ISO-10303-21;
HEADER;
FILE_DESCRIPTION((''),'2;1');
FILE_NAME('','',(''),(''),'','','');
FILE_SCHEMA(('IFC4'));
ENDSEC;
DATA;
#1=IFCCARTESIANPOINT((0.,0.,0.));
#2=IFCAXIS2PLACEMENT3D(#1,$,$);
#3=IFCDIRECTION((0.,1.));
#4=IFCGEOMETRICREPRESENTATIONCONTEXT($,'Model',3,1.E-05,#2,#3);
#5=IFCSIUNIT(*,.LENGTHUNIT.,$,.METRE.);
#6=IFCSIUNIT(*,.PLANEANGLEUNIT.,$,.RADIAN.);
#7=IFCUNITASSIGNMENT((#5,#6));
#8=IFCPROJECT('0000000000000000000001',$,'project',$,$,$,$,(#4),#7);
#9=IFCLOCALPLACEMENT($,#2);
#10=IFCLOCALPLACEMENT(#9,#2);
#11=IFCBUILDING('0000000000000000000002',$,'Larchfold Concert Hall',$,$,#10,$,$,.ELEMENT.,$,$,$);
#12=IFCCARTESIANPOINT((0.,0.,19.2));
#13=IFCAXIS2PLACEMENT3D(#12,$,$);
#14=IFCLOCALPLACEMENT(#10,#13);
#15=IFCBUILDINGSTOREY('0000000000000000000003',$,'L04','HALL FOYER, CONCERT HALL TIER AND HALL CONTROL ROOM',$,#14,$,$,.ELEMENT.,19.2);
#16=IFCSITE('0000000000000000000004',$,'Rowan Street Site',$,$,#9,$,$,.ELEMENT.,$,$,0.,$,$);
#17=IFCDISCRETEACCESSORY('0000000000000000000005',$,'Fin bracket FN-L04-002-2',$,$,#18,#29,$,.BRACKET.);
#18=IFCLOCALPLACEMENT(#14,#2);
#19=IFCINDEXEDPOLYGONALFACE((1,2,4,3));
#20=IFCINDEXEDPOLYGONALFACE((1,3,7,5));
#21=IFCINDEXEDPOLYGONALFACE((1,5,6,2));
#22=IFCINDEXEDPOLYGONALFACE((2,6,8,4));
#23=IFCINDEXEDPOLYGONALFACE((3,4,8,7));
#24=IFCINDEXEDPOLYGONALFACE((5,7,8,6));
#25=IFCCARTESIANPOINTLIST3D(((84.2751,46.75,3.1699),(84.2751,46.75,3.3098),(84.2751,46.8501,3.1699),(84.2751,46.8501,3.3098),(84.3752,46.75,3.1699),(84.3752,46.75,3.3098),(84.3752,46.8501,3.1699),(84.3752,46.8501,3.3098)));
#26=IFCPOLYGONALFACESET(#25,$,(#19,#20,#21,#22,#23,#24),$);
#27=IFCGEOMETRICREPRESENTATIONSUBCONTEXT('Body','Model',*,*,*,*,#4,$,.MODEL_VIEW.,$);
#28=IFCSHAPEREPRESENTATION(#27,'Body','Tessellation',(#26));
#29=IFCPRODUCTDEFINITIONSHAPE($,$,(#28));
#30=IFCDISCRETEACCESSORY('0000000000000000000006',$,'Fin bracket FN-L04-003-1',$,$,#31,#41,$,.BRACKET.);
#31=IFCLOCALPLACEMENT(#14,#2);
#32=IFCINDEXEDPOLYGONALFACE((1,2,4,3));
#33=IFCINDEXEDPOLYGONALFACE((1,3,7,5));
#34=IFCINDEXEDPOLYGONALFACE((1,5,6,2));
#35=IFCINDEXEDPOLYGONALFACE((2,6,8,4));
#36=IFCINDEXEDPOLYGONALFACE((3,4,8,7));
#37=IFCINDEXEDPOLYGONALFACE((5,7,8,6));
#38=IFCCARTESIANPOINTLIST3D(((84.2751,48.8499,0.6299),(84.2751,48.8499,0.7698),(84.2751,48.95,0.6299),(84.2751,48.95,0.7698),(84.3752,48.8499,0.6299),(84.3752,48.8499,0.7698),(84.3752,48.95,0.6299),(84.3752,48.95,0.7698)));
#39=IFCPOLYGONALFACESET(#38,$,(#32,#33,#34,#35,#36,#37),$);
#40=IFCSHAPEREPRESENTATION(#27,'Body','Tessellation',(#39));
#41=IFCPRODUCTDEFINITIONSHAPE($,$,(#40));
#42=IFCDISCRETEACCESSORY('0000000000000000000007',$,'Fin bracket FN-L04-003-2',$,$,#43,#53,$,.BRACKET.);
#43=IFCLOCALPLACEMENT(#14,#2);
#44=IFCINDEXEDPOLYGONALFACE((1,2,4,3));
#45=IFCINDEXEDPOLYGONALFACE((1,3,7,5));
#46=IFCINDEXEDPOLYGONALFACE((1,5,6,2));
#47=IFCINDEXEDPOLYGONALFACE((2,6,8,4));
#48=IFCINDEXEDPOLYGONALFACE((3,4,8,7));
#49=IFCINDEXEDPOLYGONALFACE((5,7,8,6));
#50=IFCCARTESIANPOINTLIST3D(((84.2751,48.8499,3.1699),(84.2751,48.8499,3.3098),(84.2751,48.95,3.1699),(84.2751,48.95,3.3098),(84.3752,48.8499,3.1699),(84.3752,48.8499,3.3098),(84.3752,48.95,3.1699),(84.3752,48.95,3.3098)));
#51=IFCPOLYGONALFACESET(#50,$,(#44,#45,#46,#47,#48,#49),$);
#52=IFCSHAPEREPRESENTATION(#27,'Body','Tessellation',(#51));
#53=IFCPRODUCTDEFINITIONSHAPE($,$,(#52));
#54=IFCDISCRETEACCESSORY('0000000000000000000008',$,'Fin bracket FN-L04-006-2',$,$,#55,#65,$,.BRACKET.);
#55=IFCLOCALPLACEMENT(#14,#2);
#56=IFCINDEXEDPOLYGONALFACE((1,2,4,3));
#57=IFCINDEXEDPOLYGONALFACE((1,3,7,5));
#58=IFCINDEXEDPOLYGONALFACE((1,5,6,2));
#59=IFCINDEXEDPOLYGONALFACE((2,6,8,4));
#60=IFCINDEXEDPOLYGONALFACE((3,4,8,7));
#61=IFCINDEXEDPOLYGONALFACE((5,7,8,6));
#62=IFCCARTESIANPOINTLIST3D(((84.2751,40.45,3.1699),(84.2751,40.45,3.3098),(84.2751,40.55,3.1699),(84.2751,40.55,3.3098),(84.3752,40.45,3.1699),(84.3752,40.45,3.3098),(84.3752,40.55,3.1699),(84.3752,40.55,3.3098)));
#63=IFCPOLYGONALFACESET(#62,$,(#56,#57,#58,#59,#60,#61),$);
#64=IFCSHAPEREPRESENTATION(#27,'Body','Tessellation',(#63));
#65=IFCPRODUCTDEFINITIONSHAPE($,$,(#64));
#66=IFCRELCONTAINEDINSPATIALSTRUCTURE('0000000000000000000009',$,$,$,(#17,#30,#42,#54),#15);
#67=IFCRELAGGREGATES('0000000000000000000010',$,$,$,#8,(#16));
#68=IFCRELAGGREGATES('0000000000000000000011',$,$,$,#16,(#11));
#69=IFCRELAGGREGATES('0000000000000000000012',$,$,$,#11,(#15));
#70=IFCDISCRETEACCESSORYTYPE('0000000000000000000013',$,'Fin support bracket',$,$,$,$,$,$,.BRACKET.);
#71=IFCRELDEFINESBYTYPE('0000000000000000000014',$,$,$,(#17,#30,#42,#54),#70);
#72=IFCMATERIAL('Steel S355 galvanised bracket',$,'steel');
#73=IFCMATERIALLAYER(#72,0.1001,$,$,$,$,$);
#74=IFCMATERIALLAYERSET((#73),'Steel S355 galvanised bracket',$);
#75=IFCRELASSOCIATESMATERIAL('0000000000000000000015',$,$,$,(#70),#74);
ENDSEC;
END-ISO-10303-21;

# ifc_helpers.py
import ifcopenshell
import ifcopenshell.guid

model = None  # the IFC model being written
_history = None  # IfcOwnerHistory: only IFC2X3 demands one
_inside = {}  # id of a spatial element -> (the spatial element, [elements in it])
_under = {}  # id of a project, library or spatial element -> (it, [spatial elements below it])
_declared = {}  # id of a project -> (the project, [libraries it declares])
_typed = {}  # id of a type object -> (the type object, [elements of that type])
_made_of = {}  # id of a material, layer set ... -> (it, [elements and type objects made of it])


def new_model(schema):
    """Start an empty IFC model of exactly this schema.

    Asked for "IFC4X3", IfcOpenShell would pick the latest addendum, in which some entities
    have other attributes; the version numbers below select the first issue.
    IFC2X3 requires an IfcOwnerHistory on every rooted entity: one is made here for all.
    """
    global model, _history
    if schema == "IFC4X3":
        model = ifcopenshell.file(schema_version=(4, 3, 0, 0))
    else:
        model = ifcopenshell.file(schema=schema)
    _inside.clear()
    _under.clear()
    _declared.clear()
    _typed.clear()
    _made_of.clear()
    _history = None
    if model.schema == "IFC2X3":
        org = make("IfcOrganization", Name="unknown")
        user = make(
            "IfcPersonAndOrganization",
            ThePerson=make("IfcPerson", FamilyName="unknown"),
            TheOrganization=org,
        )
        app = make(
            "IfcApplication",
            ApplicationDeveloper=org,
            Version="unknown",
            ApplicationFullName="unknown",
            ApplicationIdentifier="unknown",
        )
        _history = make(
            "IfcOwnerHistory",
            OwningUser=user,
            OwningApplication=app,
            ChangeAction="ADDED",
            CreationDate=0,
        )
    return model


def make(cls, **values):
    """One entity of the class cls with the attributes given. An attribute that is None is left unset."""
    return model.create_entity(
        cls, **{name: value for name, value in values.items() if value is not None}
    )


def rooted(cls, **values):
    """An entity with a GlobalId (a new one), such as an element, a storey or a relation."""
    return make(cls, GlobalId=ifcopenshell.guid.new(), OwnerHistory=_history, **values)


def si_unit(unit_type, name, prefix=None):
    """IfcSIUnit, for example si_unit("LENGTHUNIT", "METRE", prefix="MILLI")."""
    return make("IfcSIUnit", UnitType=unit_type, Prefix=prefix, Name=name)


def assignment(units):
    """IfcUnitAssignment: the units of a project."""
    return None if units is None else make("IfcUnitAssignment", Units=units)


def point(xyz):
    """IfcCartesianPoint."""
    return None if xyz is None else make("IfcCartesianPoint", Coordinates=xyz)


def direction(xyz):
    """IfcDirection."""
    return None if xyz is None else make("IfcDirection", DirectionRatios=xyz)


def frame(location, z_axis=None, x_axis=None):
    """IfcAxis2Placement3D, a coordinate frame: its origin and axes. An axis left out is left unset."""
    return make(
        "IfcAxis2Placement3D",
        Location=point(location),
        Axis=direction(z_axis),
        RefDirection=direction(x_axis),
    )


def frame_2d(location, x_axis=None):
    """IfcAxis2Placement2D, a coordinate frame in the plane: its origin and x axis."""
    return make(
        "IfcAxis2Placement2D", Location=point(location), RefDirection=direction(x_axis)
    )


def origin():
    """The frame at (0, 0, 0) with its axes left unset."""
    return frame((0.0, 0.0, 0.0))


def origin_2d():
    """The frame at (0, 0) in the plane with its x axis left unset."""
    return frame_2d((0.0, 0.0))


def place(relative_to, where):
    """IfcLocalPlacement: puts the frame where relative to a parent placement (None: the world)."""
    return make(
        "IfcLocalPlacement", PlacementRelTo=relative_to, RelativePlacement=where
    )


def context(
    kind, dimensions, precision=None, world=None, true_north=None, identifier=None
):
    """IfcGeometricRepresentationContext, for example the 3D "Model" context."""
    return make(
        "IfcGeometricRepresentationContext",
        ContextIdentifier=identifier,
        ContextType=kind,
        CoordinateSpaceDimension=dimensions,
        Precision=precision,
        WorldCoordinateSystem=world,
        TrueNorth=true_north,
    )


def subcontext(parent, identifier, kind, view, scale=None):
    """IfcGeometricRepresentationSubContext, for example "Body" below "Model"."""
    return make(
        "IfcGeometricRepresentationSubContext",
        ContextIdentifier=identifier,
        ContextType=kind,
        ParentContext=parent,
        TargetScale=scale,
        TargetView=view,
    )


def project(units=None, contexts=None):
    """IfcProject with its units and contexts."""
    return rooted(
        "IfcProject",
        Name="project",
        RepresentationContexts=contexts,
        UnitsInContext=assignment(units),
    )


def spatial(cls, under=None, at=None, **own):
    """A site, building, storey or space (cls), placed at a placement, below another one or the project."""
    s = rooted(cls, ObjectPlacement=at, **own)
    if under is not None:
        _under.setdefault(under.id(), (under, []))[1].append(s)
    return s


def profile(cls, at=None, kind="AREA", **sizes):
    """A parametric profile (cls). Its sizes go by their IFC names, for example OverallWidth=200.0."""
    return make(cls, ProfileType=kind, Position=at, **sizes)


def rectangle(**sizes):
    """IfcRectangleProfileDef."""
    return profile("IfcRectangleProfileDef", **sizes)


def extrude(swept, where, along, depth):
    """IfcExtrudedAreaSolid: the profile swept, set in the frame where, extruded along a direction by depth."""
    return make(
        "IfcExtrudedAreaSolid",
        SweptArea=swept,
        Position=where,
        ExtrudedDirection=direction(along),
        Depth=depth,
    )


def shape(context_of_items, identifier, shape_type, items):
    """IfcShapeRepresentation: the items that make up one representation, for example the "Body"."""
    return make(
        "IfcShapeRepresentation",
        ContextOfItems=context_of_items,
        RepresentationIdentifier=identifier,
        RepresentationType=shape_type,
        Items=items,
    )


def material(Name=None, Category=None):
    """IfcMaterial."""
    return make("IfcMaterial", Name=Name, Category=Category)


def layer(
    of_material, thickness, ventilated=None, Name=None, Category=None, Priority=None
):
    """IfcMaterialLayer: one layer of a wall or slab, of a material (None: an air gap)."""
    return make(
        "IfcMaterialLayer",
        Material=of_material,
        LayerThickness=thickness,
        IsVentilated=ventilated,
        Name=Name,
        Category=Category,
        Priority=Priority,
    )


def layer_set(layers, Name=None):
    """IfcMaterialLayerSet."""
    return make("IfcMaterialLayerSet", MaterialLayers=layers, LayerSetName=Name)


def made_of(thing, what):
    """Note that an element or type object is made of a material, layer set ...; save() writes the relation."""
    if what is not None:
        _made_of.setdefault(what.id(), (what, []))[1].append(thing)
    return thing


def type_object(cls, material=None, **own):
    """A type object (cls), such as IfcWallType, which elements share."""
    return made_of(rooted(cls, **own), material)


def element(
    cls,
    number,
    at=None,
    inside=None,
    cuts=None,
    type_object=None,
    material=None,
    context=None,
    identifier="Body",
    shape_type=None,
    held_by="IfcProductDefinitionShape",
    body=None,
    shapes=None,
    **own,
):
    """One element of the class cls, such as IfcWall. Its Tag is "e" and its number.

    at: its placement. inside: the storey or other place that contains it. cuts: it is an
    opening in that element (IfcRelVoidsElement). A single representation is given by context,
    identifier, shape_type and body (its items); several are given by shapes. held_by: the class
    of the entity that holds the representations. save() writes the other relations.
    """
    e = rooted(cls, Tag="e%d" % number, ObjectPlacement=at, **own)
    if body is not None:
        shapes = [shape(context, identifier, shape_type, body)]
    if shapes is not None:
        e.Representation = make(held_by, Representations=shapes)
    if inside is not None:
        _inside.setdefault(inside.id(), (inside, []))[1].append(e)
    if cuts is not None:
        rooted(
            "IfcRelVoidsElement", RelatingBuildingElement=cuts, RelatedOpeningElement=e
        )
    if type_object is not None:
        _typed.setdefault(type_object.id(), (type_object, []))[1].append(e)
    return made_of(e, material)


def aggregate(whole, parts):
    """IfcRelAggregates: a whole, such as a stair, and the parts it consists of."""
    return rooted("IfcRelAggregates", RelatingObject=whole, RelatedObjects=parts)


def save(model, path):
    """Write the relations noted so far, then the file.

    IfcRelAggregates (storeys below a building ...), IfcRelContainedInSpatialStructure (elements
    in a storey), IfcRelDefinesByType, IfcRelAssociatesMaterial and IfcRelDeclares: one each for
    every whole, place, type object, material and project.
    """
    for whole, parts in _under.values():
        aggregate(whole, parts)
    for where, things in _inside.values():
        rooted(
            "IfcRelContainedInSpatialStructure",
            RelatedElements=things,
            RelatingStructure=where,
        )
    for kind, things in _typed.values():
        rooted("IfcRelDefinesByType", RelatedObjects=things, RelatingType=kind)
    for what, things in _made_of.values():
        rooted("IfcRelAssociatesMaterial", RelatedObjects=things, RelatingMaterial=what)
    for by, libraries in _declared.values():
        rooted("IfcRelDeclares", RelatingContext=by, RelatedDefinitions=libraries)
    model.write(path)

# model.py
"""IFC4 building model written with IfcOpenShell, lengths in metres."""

from ifc_helpers import new_model, si_unit, direction, frame, origin, origin_2d, place, context, subcontext, project, spatial, rectangle, extrude, material, layer, layer_set, type_object, element, save


model = new_model("IFC4")

# Units and contexts
model_context = context("Model", 3, precision=1e-05, world=origin(), true_north=direction((0.0, 1.0)))
body_context = subcontext(model_context, "Body", "Model", "MODEL_VIEW")
ifc_project = project(units=[si_unit("LENGTHUNIT", "METRE"), si_unit("PLANEANGLEUNIT", "RADIAN")], contexts=[model_context])

# Site, building, storey
site_placement = place(None, origin())
site = spatial("IfcSite", under=ifc_project, at=site_placement, Name="Rowan Street Site", CompositionType="ELEMENT", RefElevation=0.0)
building_placement = place(site_placement, origin())
building = spatial("IfcBuilding", under=site, at=building_placement, Name="Larchfold Concert Hall", CompositionType="ELEMENT")
storey_placement = place(building_placement, frame((0.0, 0.0, 19.2)))
storey = spatial("IfcBuildingStorey", under=building, at=storey_placement, Name="L04", Description="HALL FOYER, CONCERT HALL TIER AND HALL CONTROL ROOM", CompositionType="ELEMENT", Elevation=19.2)

# Discrete accessories
ifc_material_1 = material(Name="Steel S355 galvanised bracket", Category="steel")
ifc_layer_1 = layer(ifc_material_1, 0.1001)
ifc_layer_set_1 = layer_set([ifc_layer_1], Name="Steel S355 galvanised bracket")
discrete_accessory_type = type_object("IfcDiscreteAccessoryType", Name="Fin support bracket", PredefinedType="BRACKET", material=ifc_layer_set_1)
for number, where, z_axis, x_axis, name in (
    (1, (84.3252, 46.8, 3.1699), (0.0, 0.0, 1.0), (-1.0, 0.0, 0.0), "Fin bracket FN-L04-002-2"),
    (2, (84.3252, 48.8999, 0.6299), (0.0, 0.0, 1.0), (-1.0, 0.0, 0.0), "Fin bracket FN-L04-003-1"),
    (3, (84.3252, 48.8999, 3.1699), (0.0, 0.0, 1.0), (-1.0, 0.0, 0.0), "Fin bracket FN-L04-003-2"),
    (4, (84.3252, 40.5, 3.1699), (0.0, 0.0, 1.0), (-1.0, 0.0, 0.0), "Fin bracket FN-L04-006-2"),
):
    element("IfcDiscreteAccessory", number, at=place(storey_placement, frame(where, z_axis=z_axis, x_axis=x_axis)), inside=storey, type_object=discrete_accessory_type, Name=name, PredefinedType="BRACKET", context=body_context, shape_type="SweptSolid", body=[
        extrude(rectangle(XDim=0.1001, YDim=0.1001, at=origin_2d()), origin(), (0.0, 0.0, 1.0), 0.1399),
    ])

save(model, "model.ifc")
